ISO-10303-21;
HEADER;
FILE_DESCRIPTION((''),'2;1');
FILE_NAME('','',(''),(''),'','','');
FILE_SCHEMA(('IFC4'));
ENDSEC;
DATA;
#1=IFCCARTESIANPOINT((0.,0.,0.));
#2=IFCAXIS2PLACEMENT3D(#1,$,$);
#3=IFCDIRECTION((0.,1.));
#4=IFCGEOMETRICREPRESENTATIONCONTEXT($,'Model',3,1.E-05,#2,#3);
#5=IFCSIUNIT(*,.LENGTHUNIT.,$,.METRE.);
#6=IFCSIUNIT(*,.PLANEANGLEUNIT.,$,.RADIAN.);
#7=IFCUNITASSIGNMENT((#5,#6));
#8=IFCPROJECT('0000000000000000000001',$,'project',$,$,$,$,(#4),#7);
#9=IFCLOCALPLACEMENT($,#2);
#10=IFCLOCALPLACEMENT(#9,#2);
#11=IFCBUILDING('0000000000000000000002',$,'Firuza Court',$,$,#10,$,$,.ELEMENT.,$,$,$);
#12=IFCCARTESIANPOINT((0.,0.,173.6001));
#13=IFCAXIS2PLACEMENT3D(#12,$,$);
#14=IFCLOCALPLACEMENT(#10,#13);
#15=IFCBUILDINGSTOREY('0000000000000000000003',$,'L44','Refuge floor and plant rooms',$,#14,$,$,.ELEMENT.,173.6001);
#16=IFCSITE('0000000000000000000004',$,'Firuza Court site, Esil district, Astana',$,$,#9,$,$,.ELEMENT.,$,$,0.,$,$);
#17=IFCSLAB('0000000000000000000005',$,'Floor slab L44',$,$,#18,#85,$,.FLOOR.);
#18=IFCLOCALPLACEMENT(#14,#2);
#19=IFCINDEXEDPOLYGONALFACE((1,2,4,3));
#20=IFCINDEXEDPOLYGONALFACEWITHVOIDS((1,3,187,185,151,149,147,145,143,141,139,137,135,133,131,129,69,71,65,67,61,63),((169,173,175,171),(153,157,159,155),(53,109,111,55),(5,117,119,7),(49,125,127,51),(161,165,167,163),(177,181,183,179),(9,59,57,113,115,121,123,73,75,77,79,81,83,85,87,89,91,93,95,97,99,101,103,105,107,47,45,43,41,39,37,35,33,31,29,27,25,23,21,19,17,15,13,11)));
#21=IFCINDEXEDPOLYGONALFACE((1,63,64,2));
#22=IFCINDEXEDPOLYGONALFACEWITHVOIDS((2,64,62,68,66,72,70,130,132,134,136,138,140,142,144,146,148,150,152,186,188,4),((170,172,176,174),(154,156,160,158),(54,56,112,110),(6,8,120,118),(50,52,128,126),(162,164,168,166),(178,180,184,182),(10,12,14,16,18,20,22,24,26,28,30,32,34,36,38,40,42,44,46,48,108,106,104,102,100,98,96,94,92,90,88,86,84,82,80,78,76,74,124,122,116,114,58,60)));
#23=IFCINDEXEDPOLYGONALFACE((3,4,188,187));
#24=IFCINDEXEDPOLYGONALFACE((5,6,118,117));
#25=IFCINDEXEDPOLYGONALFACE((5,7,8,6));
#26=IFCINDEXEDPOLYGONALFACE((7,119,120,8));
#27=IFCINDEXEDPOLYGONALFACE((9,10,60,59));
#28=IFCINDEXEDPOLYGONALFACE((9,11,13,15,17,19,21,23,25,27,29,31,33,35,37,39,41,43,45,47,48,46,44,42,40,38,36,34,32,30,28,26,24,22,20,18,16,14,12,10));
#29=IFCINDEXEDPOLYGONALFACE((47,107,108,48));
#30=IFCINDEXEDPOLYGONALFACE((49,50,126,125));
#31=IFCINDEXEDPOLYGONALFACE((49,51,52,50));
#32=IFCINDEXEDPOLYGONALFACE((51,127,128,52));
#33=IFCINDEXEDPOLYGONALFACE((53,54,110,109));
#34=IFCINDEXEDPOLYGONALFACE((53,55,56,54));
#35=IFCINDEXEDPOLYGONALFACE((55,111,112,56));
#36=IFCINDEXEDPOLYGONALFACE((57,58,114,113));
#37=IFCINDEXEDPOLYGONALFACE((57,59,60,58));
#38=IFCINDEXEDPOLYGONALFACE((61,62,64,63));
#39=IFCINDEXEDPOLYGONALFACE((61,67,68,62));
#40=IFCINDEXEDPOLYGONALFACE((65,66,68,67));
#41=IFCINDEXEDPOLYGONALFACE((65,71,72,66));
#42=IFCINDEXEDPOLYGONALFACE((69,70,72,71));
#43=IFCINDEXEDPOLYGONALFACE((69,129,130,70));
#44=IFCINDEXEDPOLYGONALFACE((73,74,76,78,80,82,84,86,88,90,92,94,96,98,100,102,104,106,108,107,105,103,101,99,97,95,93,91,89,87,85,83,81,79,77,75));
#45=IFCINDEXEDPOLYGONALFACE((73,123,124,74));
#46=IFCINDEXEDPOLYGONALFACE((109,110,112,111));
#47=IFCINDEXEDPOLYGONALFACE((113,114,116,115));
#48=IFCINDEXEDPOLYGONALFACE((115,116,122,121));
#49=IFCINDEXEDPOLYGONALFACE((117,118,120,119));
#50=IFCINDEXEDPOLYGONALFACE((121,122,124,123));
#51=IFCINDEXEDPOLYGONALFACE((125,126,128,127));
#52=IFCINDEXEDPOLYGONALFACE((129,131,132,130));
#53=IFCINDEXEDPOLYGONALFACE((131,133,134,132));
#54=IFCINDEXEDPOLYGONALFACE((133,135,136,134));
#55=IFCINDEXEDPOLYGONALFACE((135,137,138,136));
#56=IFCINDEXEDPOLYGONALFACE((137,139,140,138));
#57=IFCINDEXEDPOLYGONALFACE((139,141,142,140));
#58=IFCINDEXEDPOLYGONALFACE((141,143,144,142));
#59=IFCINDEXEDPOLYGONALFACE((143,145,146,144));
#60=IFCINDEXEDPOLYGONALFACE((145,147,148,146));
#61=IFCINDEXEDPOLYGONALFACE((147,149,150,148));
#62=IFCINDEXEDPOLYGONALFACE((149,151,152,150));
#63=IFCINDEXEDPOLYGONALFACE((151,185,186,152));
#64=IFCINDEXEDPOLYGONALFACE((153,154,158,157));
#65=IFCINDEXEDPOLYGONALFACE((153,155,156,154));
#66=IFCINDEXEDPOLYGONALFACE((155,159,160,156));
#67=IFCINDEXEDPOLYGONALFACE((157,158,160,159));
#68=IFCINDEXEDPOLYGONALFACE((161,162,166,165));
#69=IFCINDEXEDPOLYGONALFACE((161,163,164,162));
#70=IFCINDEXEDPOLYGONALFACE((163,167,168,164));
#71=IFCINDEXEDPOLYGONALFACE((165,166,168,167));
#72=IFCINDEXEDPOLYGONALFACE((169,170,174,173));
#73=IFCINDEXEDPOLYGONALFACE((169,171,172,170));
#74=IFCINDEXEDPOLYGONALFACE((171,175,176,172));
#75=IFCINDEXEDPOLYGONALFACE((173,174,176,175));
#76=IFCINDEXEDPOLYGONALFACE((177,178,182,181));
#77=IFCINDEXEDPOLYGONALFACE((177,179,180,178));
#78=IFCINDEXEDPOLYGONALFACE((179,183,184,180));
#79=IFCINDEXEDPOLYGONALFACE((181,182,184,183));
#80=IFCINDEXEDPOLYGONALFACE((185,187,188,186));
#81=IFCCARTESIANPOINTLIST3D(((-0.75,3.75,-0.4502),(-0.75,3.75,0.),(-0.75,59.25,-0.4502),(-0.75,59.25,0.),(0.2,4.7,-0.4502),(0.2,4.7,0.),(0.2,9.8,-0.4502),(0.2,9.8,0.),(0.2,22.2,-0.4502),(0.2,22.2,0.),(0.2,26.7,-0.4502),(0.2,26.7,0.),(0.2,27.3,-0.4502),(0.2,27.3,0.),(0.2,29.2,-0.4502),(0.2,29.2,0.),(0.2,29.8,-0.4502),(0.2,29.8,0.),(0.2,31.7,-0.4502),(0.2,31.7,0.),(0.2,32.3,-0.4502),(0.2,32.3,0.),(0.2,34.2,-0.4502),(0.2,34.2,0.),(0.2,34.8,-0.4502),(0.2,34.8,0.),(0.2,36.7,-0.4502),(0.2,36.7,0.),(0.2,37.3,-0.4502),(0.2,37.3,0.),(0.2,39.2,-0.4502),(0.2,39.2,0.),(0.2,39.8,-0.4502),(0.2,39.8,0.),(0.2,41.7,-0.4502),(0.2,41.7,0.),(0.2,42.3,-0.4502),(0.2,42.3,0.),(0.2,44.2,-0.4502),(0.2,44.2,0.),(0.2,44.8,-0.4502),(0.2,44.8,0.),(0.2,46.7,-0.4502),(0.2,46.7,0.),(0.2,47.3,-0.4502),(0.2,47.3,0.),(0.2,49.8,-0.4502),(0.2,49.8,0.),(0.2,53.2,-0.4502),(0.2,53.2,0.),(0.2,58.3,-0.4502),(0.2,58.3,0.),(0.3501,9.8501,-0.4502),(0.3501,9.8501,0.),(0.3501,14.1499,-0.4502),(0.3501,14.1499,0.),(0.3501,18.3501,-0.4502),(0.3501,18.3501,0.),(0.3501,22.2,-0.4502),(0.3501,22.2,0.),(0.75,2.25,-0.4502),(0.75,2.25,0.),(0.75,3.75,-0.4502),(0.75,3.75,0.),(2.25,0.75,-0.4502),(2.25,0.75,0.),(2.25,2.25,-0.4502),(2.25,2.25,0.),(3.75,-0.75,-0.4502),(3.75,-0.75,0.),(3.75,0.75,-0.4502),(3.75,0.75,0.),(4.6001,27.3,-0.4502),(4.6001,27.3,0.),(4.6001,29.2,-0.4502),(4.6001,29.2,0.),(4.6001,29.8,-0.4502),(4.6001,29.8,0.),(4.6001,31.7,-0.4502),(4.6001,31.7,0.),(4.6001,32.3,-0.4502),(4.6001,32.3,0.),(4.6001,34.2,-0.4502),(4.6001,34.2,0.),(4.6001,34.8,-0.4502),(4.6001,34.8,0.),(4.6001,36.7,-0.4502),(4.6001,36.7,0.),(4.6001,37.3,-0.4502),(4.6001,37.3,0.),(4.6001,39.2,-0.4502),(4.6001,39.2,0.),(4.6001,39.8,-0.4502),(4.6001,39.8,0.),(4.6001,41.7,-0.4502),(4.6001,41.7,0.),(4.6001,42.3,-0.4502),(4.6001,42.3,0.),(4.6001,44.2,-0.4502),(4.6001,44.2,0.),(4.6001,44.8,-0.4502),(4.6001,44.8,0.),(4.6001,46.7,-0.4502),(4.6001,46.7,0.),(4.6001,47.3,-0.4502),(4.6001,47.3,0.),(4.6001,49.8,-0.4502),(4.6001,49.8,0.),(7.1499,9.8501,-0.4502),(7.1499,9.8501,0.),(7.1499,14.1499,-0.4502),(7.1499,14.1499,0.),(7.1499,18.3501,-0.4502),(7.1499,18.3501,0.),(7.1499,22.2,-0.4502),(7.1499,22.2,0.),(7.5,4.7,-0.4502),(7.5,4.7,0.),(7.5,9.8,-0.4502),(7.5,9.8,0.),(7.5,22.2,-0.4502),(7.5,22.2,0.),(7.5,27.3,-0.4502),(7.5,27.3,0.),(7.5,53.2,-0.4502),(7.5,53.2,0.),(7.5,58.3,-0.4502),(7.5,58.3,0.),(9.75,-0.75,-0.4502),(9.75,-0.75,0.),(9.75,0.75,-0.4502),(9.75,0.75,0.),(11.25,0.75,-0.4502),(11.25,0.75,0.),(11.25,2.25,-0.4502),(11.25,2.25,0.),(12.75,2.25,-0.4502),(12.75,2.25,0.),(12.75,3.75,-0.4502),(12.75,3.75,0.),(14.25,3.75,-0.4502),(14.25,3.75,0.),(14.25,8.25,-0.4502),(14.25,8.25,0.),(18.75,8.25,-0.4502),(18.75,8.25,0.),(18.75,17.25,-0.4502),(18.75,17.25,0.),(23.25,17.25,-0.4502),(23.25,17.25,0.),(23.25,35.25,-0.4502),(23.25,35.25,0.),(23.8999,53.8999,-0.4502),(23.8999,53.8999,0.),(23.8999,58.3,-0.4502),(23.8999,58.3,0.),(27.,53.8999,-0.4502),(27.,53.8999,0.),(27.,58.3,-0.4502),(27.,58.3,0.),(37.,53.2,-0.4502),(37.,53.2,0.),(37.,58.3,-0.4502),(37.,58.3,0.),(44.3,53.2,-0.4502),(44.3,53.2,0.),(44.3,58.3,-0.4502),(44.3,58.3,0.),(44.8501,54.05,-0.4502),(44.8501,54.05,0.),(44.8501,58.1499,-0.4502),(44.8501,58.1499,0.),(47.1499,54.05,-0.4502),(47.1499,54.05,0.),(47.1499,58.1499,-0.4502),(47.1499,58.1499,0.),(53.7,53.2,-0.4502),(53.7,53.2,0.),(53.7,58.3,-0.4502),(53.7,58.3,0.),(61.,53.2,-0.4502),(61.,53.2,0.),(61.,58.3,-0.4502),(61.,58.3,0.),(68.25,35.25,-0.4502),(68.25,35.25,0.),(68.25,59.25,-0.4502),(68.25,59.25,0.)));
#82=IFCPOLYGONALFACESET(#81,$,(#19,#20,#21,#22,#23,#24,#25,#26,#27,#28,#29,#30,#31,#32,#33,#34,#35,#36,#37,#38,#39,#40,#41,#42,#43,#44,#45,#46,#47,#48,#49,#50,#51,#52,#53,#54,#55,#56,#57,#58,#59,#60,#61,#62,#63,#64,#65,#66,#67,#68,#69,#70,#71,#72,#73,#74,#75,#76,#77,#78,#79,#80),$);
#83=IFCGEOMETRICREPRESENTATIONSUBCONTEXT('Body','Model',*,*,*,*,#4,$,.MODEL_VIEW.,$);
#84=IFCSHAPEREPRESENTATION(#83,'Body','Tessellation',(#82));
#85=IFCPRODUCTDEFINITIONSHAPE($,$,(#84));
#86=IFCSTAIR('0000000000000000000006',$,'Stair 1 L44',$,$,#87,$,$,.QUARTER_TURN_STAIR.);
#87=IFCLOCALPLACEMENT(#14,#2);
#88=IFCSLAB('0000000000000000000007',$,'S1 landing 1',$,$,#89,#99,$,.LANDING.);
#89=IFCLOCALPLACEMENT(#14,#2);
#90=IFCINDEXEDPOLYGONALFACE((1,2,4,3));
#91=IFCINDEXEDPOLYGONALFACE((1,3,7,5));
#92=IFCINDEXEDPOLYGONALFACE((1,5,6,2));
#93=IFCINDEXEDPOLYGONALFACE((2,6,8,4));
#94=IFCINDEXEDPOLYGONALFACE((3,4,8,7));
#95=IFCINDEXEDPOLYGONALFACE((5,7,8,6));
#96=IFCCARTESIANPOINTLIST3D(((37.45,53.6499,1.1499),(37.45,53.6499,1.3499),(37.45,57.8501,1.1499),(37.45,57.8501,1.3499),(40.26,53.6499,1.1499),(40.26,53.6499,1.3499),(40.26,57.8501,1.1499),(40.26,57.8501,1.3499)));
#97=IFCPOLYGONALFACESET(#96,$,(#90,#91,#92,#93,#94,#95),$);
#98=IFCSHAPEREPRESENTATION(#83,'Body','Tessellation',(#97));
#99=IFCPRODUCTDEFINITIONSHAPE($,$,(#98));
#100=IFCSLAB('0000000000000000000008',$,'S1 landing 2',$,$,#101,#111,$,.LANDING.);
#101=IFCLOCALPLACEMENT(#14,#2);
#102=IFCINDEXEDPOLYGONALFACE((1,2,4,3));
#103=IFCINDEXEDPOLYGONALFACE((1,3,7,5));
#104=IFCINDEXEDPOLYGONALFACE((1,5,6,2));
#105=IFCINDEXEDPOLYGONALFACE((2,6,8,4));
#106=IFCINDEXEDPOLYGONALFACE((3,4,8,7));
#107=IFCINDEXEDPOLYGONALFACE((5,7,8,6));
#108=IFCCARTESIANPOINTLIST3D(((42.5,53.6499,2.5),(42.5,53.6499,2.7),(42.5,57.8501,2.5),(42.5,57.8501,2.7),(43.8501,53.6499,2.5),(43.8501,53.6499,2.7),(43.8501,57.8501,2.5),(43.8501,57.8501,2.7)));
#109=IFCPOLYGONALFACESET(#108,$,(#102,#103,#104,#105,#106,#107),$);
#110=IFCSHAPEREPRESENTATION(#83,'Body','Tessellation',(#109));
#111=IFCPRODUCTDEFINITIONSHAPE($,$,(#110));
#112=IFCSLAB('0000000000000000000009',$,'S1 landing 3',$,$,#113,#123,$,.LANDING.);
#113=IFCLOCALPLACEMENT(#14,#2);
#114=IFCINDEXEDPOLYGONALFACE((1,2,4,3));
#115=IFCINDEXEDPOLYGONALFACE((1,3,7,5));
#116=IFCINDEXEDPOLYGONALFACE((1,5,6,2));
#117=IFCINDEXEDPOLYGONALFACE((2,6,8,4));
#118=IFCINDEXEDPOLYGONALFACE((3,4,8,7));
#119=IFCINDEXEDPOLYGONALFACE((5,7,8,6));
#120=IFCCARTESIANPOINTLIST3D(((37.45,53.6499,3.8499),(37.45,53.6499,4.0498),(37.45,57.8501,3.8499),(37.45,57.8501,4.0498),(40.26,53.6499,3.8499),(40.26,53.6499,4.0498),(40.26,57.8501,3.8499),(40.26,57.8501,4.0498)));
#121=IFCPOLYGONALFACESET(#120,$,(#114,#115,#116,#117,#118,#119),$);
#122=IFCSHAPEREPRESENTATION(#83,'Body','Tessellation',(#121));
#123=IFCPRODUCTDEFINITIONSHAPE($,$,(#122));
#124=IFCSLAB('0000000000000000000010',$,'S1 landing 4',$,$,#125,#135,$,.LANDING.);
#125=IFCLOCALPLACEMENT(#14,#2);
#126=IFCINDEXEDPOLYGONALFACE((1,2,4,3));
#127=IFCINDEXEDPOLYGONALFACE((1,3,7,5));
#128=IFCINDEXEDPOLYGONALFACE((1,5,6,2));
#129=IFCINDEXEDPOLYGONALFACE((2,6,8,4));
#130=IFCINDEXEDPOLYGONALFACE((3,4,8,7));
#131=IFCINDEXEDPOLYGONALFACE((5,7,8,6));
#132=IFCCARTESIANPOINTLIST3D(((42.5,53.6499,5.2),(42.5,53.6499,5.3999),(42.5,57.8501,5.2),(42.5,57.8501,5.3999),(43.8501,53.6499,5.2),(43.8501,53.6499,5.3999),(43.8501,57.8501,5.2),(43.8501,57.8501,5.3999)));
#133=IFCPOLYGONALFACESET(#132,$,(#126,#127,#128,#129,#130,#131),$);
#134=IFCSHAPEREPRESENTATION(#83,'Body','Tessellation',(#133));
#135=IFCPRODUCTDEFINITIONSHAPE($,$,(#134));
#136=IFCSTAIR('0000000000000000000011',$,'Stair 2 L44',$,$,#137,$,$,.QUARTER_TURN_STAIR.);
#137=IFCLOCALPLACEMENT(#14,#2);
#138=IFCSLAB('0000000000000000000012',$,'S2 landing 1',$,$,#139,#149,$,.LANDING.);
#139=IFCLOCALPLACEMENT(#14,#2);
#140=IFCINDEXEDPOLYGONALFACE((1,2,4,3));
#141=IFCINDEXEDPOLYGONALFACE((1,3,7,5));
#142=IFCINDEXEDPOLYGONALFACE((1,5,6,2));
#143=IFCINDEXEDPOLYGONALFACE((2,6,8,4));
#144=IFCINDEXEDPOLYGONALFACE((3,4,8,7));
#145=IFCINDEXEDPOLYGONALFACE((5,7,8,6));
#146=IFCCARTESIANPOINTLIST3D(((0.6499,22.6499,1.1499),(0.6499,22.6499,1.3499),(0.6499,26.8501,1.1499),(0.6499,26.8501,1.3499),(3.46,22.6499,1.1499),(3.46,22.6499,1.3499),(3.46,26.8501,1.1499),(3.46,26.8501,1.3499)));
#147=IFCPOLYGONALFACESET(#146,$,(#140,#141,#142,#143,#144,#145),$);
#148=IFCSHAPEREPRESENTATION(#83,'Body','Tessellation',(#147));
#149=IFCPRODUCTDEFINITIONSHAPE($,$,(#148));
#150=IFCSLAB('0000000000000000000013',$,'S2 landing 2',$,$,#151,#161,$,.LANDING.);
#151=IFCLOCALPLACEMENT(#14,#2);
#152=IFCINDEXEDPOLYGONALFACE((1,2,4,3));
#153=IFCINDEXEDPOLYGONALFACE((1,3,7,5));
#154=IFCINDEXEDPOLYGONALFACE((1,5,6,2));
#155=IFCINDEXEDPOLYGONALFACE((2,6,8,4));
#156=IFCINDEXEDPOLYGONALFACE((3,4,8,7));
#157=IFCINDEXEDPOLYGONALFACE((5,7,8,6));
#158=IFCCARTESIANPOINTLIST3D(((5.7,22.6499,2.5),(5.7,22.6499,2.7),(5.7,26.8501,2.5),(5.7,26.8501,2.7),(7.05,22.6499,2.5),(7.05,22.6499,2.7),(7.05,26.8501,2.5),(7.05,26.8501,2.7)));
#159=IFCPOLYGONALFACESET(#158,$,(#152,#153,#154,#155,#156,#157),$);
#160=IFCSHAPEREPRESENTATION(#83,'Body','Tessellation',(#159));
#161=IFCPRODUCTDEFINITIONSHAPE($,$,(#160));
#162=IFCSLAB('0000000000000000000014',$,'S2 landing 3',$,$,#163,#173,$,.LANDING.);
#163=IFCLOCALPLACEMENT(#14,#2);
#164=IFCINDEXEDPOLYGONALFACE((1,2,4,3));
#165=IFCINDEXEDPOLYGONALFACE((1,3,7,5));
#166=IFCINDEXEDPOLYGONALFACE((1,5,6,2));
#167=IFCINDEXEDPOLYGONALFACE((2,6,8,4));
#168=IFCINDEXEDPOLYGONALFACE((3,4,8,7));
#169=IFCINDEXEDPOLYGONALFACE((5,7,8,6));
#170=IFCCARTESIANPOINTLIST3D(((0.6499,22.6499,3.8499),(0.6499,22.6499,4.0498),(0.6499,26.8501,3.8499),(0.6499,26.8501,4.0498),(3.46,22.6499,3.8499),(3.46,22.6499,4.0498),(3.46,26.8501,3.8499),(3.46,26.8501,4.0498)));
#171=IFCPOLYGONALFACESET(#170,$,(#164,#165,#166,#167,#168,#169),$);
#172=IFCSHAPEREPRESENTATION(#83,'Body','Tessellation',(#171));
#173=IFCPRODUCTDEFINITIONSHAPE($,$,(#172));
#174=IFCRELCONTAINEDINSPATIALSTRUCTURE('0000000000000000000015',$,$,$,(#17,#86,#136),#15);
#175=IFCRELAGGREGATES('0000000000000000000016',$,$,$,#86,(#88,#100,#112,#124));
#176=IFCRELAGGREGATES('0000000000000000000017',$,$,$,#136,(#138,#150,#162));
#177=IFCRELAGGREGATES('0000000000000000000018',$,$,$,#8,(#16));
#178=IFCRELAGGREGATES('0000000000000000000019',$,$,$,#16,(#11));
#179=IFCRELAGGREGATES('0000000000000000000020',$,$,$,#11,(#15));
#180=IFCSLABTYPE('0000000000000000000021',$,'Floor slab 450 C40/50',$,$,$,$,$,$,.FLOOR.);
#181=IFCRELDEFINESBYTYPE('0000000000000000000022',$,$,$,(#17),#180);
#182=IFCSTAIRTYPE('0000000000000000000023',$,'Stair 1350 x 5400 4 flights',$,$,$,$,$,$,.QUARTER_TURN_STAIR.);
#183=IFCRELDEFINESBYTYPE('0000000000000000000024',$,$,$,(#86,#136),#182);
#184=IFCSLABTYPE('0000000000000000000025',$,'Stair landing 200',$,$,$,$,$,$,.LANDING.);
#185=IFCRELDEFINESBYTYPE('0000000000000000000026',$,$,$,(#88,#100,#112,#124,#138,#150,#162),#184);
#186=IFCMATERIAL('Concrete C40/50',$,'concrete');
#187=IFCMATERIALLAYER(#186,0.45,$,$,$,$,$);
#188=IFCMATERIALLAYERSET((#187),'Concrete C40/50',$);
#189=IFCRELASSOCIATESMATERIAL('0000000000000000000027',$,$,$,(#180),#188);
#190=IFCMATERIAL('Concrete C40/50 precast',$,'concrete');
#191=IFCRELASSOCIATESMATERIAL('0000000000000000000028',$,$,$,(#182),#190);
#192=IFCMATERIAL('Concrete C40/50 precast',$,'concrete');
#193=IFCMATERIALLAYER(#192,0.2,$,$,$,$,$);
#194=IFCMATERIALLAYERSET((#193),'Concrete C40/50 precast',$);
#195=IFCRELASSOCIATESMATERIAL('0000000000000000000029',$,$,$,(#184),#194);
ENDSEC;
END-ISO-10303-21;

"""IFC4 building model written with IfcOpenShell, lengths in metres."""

from ifc_helpers import new_model, si_unit, direction, frame, origin, place, context, subcontext, project, spatial, polyline, outline, extrude, material, layer, layer_set, type_object, element, aggregate, save


model = new_model("IFC4")

# Units and contexts
model_context = context("Model", 3, precision=1e-05, world=origin(), true_north=direction((0.0, 1.0)))
body_context = subcontext(model_context, "Body", "Model", "MODEL_VIEW")
ifc_project = project(units=[si_unit("LENGTHUNIT", "METRE"), si_unit("PLANEANGLEUNIT", "RADIAN")], contexts=[model_context])

# Site, building, storey
site_placement = place(None, origin())
site = spatial("IfcSite", under=ifc_project, at=site_placement, Name="Firuza Court site, Esil district, Astana", CompositionType="ELEMENT", RefElevation=0.0)
building_placement = place(site_placement, origin())
building = spatial("IfcBuilding", under=site, at=building_placement, Name="Firuza Court", CompositionType="ELEMENT")
storey_placement = place(building_placement, frame((0.0, 0.0, 173.6001)))
storey = spatial("IfcBuildingStorey", under=building, at=storey_placement, Name="L44", Description="Refuge floor and plant rooms", CompositionType="ELEMENT", Elevation=173.6001)

# Slab
ifc_material_1 = material(Name="Concrete C40/50", Category="concrete")
ifc_layer_1 = layer(ifc_material_1, 0.45)
ifc_layer_set_1 = layer_set([ifc_layer_1], Name="Concrete C40/50")
slab_type_1 = type_object("IfcSlabType", Name="Floor slab 450 C40/50", PredefinedType="FLOOR", material=ifc_layer_set_1)
slab_1_placement = place(storey_placement, frame((0.0, 0.0, -0.4502)))
element("IfcSlab", 1, at=slab_1_placement, inside=storey, type_object=slab_type_1, Name="Floor slab L44", PredefinedType="FLOOR", context=body_context, shape_type="SweptSolid", body=[
    extrude(outline(polyline([(3.75, -0.75), (3.75, 0.75), (2.25, 0.75), (2.25, 2.25), (0.75, 2.25), (0.75, 3.75), (-0.75, 3.75), (-0.75, 59.25), (68.25, 59.25), (68.25, 35.25), (23.25, 35.25), (23.25, 17.25), (18.75, 17.25), (18.75, 8.25), (14.25, 8.25), (14.25, 3.75), (12.75, 3.75), (12.75, 2.25), (11.25, 2.25), (11.25, 0.75), (9.75, 0.75), (9.75, -0.75), (3.75, -0.75)]), holes=[polyline([(0.2, 29.8), (0.2, 29.2), (0.2, 27.3), (0.2, 26.7), (0.2, 22.2), (0.3501, 22.2), (0.3501, 18.3501), (7.1499, 18.3501), (7.1499, 22.2), (7.5, 22.2), (7.5, 27.3), (4.6001, 27.3), (4.6001, 29.2), (4.6001, 29.8), (4.6001, 31.7), (4.6001, 32.3), (4.6001, 34.2), (4.6001, 34.8), (4.6001, 36.7), (4.6001, 37.3), (4.6001, 39.2), (4.6001, 39.8), (4.6001, 41.7), (4.6001, 42.3), (4.6001, 44.2), (4.6001, 44.8), (4.6001, 46.7), (4.6001, 47.3), (4.6001, 49.8), (0.2, 49.8), (0.2, 47.3), (0.2, 46.7), (0.2, 44.8), (0.2, 44.2), (0.2, 42.3), (0.2, 41.7), (0.2, 39.8), (0.2, 39.2), (0.2, 37.3), (0.2, 36.7), (0.2, 34.8), (0.2, 34.2), (0.2, 32.3), (0.2, 31.7), (0.2, 29.8)]), polyline([(7.5, 9.8), (0.2, 9.8), (0.2, 4.7), (7.5, 4.7), (7.5, 9.8)]), polyline([(7.1499, 14.1499), (0.3501, 14.1499), (0.3501, 9.8501), (7.1499, 9.8501), (7.1499, 14.1499)]), polyline([(7.5, 58.3), (0.2, 58.3), (0.2, 53.2), (7.5, 53.2), (7.5, 58.3)]), polyline([(44.3, 58.3), (37.0, 58.3), (37.0, 53.2), (44.3, 53.2), (44.3, 58.3)]), polyline([(61.0, 58.3), (53.7, 58.3), (53.7, 53.2), (61.0, 53.2), (61.0, 58.3)]), polyline([(27.0, 53.8999), (27.0, 58.3), (23.8999, 58.3), (23.8999, 53.8999), (27.0, 53.8999)]), polyline([(47.1499, 54.05), (47.1499, 58.1499), (44.8501, 58.1499), (44.8501, 54.05), (47.1499, 54.05)])]), origin(), (0.0, 0.0, 1.0), 0.4502),
])

# Stairs, slabs
ifc_material_2 = material(Name="Concrete C40/50 precast", Category="concrete")
stair_type = type_object("IfcStairType", Name="Stair 1350 x 5400 4 flights", PredefinedType="QUARTER_TURN_STAIR", material=ifc_material_2)
stair_1_placement = place(storey_placement, origin())
stair_1 = element("IfcStair", 2, at=stair_1_placement, inside=storey, type_object=stair_type, Name="Stair 1 L44", PredefinedType="QUARTER_TURN_STAIR")
ifc_material_3 = material(Name="Concrete C40/50 precast", Category="concrete")
ifc_layer_2 = layer(ifc_material_3, 0.2)
ifc_layer_set_2 = layer_set([ifc_layer_2], Name="Concrete C40/50 precast")
slab_type_2 = type_object("IfcSlabType", Name="Stair landing 200", PredefinedType="LANDING", material=ifc_layer_set_2)
slab_2_placement = place(storey_placement, frame((0.0, 0.0, 1.1499)))
slab_2 = element("IfcSlab", 3, at=slab_2_placement, type_object=slab_type_2, Name="S1 landing 1", PredefinedType="LANDING", context=body_context, shape_type="SweptSolid", body=[
    extrude(outline(polyline([(40.26, 53.6499), (40.26, 57.8501), (37.45, 57.8501), (37.45, 53.6499), (40.26, 53.6499)])), origin(), (0.0, 0.0, 1.0), 0.2),
])
slab_3_placement = place(storey_placement, frame((0.0, 0.0, 2.5)))
slab_3 = element("IfcSlab", 4, at=slab_3_placement, type_object=slab_type_2, Name="S1 landing 2", PredefinedType="LANDING", context=body_context, shape_type="SweptSolid", body=[
    extrude(outline(polyline([(43.8501, 53.6499), (43.8501, 57.8501), (42.5, 57.8501), (42.5, 53.6499), (43.8501, 53.6499)])), origin(), (0.0, 0.0, 1.0), 0.2),
])
slab_4_placement = place(storey_placement, frame((0.0, 0.0, 3.8499)))
slab_4 = element("IfcSlab", 5, at=slab_4_placement, type_object=slab_type_2, Name="S1 landing 3", PredefinedType="LANDING", context=body_context, shape_type="SweptSolid", body=[
    extrude(outline(polyline([(40.26, 53.6499), (40.26, 57.8501), (37.45, 57.8501), (37.45, 53.6499), (40.26, 53.6499)])), origin(), (0.0, 0.0, 1.0), 0.2),
])
slab_5_placement = place(storey_placement, frame((0.0, 0.0, 5.2)))
slab_5 = element("IfcSlab", 6, at=slab_5_placement, type_object=slab_type_2, Name="S1 landing 4", PredefinedType="LANDING", context=body_context, shape_type="SweptSolid", body=[
    extrude(outline(polyline([(43.8501, 53.6499), (43.8501, 57.8501), (42.5, 57.8501), (42.5, 53.6499), (43.8501, 53.6499)])), origin(), (0.0, 0.0, 1.0), 0.2),
])
aggregate(stair_1, [slab_2, slab_3, slab_4, slab_5])
stair_2_placement = place(storey_placement, origin())
stair_2 = element("IfcStair", 7, at=stair_2_placement, inside=storey, type_object=stair_type, Name="Stair 2 L44", PredefinedType="QUARTER_TURN_STAIR")
slab_6_placement = place(storey_placement, frame((0.0, 0.0, 1.1499)))
slab_6 = element("IfcSlab", 8, at=slab_6_placement, type_object=slab_type_2, Name="S2 landing 1", PredefinedType="LANDING", context=body_context, shape_type="SweptSolid", body=[
    extrude(outline(polyline([(3.46, 22.6499), (3.46, 26.8501), (0.6499, 26.8501), (0.6499, 22.6499), (3.46, 22.6499)])), origin(), (0.0, 0.0, 1.0), 0.2),
])
slab_7_placement = place(storey_placement, frame((0.0, 0.0, 2.5)))
slab_7 = element("IfcSlab", 9, at=slab_7_placement, type_object=slab_type_2, Name="S2 landing 2", PredefinedType="LANDING", context=body_context, shape_type="SweptSolid", body=[
    extrude(outline(polyline([(7.05, 22.6499), (7.05, 26.8501), (5.7, 26.8501), (5.7, 22.6499), (7.05, 22.6499)])), origin(), (0.0, 0.0, 1.0), 0.2),
])
slab_8_placement = place(storey_placement, frame((0.0, 0.0, 3.8499)))
slab_8 = element("IfcSlab", 10, at=slab_8_placement, type_object=slab_type_2, Name="S2 landing 3", PredefinedType="LANDING", context=body_context, shape_type="SweptSolid", body=[
    extrude(outline(polyline([(3.46, 22.6499), (3.46, 26.8501), (0.6499, 26.8501), (0.6499, 22.6499), (3.46, 22.6499)])), origin(), (0.0, 0.0, 1.0), 0.2),
])
aggregate(stair_2, [slab_6, slab_7, slab_8])

save(model, "model.ifc")
